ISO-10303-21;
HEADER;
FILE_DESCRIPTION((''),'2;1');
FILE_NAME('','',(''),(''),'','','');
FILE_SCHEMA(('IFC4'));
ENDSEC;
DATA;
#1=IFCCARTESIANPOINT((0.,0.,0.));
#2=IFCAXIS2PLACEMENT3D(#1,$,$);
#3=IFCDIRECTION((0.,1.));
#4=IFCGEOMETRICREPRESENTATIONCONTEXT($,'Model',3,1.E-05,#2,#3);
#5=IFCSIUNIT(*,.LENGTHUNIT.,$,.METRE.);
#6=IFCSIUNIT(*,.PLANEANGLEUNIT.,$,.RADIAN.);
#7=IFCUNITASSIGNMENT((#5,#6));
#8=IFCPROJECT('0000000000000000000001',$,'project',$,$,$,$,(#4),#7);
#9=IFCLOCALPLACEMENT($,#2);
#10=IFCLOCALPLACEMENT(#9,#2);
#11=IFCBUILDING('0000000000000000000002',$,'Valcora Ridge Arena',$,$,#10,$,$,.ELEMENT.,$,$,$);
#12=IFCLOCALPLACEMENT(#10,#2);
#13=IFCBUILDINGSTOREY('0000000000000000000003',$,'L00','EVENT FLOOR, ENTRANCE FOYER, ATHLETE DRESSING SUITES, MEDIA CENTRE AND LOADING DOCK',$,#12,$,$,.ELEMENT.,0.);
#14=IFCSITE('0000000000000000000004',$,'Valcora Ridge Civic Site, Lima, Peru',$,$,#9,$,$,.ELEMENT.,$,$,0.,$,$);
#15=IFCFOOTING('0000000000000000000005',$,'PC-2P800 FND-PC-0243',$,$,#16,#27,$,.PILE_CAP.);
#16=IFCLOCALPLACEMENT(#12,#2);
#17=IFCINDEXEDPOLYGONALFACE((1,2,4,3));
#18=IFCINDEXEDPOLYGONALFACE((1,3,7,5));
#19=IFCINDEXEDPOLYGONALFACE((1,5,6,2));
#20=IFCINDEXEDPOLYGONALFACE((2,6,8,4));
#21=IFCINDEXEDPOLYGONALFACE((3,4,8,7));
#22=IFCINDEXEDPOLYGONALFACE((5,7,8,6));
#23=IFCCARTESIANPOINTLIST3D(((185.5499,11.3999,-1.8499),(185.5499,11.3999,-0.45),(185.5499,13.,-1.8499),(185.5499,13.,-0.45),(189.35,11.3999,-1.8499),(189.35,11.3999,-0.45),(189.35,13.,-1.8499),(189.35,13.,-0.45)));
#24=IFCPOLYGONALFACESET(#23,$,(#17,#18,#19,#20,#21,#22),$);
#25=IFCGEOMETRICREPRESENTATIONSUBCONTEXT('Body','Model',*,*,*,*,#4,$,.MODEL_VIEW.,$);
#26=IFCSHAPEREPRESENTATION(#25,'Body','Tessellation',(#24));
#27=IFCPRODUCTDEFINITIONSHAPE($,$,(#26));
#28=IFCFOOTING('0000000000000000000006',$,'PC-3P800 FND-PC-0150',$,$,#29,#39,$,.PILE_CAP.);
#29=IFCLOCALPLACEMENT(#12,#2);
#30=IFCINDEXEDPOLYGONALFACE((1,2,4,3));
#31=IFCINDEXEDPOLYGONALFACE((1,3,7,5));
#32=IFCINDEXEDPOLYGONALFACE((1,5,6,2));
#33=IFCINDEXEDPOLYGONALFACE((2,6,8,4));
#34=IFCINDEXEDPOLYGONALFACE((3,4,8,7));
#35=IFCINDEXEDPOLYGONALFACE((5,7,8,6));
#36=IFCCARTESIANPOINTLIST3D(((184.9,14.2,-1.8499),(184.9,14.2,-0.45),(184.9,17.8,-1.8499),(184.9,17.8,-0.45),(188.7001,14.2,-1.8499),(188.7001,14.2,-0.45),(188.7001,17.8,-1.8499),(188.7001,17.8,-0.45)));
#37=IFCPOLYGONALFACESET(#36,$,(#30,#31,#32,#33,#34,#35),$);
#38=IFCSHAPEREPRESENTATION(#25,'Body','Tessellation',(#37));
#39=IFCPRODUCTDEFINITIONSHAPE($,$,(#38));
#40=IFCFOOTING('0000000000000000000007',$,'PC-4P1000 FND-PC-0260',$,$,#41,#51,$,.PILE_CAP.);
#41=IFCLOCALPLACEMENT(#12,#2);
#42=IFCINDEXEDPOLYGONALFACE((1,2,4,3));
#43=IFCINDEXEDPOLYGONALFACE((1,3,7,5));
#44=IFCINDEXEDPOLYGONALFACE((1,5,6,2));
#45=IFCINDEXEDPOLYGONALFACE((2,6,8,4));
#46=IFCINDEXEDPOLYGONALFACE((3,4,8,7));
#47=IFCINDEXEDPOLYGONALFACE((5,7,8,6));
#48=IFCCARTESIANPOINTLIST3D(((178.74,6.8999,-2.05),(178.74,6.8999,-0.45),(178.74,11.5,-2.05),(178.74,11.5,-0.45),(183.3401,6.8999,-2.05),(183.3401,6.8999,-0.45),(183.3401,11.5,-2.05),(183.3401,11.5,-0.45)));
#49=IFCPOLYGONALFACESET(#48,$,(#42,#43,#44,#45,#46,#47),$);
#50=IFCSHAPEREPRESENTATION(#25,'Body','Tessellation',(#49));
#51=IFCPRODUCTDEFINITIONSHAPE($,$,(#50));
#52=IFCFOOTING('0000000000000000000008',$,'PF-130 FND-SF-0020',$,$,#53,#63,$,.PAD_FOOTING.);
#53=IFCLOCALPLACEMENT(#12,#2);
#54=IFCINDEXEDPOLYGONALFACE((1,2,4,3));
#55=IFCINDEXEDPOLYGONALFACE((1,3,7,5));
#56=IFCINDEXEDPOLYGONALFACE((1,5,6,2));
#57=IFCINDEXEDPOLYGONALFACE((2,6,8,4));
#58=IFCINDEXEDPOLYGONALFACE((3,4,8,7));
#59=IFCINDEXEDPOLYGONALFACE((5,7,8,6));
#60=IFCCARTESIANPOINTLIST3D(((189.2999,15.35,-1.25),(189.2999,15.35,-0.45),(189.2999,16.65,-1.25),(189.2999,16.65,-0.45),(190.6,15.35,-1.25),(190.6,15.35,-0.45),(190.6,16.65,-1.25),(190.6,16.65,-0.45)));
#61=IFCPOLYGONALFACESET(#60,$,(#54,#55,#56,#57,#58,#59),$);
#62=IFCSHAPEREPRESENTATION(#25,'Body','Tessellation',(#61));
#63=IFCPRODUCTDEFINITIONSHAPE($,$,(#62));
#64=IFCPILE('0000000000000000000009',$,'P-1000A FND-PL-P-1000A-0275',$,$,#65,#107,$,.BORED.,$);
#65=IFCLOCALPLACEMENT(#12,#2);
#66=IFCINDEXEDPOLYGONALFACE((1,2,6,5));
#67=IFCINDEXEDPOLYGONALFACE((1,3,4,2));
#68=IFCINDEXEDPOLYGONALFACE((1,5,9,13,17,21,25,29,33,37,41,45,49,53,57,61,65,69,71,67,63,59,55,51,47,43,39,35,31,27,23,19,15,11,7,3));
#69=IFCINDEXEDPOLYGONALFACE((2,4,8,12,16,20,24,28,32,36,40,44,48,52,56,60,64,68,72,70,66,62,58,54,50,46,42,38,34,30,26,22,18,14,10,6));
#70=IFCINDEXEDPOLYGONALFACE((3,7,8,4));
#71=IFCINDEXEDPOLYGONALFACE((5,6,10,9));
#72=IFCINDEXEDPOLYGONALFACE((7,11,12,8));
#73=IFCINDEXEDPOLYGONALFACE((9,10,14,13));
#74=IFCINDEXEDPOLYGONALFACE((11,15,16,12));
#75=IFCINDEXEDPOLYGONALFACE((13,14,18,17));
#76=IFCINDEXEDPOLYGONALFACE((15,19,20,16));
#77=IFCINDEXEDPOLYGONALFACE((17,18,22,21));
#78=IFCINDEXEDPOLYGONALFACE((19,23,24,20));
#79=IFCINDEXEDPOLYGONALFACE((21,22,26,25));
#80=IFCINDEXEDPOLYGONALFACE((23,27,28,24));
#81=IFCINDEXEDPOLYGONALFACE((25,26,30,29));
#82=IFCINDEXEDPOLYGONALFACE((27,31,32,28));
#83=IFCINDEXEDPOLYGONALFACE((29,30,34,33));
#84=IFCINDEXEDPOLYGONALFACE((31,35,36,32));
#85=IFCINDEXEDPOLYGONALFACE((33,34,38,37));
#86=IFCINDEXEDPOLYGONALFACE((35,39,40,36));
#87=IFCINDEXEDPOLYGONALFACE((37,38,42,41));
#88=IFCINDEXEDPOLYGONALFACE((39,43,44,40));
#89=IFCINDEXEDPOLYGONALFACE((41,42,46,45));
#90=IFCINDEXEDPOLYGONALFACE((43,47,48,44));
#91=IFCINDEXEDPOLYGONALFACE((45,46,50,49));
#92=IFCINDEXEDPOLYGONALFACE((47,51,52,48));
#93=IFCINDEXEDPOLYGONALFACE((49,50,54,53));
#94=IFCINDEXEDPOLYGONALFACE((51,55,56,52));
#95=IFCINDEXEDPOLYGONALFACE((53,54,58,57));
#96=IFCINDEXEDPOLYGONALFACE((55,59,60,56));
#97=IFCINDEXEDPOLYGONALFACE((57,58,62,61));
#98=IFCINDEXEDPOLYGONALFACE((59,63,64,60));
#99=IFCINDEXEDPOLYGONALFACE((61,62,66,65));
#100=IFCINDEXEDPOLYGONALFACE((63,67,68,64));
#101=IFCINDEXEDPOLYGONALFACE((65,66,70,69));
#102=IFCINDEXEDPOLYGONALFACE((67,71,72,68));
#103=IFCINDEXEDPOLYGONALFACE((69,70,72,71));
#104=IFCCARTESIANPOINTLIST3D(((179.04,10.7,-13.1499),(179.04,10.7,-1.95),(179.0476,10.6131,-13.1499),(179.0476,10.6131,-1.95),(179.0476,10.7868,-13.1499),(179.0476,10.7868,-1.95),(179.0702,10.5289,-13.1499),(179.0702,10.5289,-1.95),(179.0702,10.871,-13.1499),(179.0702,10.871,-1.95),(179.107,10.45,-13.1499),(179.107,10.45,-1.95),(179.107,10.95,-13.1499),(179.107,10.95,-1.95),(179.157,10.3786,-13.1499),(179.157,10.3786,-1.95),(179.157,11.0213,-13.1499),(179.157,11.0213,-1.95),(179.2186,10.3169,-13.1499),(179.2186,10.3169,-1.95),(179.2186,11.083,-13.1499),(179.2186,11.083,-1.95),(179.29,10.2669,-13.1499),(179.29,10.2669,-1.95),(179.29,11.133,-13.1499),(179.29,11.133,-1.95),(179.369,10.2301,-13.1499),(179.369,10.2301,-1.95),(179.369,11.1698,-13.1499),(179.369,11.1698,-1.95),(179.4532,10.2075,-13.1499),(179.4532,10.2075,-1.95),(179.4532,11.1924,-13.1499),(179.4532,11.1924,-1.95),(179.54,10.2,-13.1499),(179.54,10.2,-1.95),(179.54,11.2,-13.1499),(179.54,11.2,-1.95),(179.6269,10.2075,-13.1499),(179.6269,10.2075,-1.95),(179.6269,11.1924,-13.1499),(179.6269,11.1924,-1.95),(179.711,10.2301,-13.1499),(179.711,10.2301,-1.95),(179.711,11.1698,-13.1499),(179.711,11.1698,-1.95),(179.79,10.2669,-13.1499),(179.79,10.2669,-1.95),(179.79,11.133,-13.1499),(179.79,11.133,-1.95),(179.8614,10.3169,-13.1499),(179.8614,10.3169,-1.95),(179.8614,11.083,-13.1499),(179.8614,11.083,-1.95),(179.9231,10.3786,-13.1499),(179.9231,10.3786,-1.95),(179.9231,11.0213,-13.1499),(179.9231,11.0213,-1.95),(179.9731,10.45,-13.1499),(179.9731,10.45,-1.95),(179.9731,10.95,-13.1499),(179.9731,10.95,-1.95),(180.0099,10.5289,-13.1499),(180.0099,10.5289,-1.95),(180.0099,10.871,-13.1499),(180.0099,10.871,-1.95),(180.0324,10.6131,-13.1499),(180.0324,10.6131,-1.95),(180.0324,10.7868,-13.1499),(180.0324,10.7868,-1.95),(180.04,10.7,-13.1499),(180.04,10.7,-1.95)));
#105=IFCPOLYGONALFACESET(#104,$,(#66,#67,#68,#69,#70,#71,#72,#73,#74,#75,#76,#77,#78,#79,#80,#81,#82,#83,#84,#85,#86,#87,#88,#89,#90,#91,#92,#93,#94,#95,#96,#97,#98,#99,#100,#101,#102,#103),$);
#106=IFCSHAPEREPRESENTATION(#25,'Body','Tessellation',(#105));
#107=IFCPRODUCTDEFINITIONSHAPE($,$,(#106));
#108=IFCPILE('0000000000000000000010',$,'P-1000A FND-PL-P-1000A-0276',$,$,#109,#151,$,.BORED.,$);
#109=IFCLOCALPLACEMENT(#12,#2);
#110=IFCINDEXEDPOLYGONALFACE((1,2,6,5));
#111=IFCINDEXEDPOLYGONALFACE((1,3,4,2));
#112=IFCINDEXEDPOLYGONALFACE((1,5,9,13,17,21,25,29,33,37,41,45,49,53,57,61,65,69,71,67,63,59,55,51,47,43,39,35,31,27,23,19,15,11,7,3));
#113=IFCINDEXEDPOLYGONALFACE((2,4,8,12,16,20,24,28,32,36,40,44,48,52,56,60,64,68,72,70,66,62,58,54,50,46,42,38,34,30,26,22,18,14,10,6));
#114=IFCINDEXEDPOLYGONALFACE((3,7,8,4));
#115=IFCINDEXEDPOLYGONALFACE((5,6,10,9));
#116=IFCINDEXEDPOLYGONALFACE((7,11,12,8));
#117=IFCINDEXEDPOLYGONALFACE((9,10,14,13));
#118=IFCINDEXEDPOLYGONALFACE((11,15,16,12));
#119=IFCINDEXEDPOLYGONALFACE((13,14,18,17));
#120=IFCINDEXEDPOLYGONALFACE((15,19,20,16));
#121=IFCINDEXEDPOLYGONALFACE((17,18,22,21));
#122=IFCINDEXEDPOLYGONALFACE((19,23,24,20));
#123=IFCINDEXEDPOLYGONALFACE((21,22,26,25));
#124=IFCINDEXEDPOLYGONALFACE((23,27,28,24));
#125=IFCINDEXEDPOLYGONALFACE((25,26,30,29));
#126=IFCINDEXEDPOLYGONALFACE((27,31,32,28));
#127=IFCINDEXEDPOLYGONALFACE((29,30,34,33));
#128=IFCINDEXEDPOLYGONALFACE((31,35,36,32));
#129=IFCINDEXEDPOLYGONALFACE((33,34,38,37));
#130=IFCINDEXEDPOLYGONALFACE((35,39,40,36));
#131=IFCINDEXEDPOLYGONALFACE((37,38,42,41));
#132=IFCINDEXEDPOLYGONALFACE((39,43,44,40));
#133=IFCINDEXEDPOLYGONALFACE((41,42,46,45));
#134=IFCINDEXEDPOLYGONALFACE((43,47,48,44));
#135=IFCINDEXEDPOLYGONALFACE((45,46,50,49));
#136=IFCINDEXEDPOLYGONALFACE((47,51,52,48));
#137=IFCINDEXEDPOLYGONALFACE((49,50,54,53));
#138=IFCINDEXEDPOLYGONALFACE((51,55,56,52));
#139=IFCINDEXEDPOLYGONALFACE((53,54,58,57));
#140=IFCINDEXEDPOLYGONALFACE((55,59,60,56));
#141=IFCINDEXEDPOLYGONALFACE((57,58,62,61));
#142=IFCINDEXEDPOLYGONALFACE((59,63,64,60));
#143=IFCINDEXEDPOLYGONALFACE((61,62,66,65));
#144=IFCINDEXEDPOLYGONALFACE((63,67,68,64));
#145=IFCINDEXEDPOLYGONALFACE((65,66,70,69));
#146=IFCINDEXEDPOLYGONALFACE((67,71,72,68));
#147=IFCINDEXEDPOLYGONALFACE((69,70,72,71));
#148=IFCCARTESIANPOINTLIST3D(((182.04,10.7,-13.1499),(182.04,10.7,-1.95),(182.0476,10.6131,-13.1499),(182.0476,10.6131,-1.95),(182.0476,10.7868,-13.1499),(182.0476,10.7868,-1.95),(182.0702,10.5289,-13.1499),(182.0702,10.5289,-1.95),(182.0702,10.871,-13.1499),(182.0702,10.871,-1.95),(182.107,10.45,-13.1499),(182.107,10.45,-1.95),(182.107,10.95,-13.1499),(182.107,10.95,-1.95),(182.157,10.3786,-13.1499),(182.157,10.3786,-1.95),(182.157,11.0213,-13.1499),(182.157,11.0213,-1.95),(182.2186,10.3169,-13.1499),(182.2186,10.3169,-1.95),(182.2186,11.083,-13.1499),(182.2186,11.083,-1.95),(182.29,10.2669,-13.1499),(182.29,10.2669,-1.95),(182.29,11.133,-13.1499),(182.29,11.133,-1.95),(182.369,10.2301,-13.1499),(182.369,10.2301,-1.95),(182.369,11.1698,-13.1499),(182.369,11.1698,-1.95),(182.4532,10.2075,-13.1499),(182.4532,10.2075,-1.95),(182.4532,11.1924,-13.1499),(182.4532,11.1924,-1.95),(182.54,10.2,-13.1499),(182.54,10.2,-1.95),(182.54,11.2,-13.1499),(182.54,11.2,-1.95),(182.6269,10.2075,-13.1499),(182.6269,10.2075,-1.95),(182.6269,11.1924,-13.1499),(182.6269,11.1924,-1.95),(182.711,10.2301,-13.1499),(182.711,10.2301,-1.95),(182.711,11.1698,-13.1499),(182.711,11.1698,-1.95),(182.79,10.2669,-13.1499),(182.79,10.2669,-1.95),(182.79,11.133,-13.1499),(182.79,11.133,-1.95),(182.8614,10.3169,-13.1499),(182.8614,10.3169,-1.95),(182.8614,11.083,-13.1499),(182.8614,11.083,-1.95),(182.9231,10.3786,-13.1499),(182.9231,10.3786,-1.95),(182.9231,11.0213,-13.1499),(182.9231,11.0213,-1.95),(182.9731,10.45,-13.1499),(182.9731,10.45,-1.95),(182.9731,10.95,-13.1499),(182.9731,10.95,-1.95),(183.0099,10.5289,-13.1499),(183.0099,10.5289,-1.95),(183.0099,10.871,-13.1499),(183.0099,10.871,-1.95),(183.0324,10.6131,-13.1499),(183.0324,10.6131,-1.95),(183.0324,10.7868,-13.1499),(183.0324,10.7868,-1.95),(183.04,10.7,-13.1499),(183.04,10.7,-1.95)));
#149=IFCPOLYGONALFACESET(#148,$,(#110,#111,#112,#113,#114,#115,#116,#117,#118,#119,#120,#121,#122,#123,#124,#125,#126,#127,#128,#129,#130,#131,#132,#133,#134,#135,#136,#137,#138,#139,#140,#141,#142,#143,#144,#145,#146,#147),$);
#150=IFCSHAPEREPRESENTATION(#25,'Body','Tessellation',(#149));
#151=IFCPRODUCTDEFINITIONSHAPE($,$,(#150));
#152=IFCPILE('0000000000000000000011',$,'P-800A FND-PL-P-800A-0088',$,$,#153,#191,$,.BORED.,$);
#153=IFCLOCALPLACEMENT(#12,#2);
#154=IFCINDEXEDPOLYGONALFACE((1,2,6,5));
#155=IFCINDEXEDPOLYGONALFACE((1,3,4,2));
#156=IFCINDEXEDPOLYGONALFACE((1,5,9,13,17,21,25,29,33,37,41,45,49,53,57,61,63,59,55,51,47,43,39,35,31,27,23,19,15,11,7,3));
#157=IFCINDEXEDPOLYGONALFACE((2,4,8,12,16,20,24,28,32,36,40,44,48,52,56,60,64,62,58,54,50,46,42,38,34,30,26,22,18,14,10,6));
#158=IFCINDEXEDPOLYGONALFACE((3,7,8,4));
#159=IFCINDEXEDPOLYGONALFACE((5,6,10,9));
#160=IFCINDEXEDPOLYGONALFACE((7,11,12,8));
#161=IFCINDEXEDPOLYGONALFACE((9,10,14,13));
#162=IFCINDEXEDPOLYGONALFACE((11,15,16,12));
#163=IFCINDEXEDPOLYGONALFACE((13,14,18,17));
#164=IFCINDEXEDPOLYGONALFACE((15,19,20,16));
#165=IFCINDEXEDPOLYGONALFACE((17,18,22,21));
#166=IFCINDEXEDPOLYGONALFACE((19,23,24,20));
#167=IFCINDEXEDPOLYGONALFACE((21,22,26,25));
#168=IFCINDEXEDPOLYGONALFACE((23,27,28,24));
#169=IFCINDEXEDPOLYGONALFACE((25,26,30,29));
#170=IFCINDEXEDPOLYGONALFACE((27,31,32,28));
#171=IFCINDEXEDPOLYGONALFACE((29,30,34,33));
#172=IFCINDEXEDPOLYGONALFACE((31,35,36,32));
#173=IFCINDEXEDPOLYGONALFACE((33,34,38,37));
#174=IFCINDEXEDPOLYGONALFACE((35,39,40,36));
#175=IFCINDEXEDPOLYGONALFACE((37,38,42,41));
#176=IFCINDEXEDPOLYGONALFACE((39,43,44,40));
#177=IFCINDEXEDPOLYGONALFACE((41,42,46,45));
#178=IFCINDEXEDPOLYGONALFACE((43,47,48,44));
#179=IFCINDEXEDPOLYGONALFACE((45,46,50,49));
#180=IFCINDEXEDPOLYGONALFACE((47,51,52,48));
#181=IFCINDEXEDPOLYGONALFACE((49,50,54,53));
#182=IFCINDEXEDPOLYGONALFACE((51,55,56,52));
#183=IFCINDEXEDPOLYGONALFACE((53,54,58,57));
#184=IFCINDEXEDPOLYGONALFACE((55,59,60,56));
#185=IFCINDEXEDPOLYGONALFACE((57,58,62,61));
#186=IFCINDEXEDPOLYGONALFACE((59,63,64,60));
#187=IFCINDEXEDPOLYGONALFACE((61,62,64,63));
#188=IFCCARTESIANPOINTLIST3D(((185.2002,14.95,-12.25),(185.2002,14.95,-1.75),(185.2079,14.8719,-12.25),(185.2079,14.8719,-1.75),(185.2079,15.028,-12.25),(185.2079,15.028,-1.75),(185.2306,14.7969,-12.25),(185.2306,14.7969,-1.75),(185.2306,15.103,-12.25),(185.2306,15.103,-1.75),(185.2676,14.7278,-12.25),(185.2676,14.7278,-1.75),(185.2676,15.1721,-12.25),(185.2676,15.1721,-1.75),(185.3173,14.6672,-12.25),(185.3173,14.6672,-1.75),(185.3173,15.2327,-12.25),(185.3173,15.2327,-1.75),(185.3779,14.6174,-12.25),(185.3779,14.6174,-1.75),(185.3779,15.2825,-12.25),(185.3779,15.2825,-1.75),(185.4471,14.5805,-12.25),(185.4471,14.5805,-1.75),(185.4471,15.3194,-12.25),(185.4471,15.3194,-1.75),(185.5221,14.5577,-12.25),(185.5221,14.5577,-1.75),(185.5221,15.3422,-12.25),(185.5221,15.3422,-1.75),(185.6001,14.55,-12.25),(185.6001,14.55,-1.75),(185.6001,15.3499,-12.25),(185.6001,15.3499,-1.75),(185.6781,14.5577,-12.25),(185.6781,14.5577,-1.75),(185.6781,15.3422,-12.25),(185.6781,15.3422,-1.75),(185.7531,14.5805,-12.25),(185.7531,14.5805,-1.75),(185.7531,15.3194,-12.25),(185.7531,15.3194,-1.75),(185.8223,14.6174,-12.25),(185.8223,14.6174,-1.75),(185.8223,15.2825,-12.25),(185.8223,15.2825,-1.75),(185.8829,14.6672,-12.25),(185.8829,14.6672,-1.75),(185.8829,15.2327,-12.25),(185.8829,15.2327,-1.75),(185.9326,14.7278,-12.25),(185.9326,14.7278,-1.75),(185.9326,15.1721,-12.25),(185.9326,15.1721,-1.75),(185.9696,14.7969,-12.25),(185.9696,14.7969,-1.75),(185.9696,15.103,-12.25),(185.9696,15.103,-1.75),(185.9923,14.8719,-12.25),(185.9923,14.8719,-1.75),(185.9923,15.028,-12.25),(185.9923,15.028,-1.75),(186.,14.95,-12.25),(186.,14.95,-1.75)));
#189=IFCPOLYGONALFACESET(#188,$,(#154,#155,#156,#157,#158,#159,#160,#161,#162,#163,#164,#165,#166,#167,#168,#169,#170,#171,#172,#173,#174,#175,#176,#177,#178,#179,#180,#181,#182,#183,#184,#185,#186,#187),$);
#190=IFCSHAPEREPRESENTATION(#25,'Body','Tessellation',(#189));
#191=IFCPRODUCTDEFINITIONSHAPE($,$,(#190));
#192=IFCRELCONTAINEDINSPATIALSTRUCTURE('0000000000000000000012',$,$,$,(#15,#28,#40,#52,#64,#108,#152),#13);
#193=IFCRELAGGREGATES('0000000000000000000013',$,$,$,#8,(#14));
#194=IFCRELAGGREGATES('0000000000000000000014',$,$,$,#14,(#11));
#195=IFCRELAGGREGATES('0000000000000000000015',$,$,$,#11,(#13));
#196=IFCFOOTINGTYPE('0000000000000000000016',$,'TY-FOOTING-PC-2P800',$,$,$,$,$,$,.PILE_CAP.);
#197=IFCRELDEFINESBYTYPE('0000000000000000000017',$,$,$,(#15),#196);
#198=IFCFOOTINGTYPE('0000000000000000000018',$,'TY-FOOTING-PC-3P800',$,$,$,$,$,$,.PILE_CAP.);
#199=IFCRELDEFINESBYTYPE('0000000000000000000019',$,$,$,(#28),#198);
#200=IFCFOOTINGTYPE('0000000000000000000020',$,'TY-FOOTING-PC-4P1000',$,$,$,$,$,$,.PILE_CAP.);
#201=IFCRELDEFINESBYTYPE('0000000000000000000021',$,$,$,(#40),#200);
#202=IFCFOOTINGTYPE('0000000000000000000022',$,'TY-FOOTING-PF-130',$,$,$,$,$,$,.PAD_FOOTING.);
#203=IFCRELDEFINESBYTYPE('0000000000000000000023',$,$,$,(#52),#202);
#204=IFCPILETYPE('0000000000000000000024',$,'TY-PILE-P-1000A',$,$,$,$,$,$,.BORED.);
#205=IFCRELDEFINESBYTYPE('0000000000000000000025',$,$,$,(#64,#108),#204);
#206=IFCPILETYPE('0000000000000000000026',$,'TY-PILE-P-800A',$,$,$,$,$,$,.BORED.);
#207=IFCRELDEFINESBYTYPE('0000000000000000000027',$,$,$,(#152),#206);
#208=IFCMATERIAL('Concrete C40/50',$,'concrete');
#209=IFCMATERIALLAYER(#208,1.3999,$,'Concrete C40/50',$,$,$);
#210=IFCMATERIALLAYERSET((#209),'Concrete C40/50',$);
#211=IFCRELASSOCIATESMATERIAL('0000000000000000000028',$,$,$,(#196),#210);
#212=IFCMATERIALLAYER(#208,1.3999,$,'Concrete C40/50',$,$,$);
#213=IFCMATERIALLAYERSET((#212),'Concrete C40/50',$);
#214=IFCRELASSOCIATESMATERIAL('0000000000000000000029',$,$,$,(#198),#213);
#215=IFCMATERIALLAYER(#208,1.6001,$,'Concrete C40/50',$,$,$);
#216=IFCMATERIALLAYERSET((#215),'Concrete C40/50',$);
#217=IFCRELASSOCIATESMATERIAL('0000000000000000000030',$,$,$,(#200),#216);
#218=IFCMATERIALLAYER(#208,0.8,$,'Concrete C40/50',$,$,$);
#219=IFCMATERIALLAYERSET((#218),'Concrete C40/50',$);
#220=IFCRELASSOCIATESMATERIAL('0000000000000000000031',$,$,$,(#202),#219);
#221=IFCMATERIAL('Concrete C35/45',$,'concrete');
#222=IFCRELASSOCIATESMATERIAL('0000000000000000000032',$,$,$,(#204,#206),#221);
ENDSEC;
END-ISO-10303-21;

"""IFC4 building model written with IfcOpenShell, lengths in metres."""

from ifc_helpers import new_model, si_unit, direction, frame, origin, origin_2d, place, context, subcontext, project, spatial, rectangle, circle, extrude, material, layer, layer_set, material_profile, profile_set, type_object, element, save


model = new_model("IFC4")

# Units and contexts
model_context = context("Model", 3, precision=1e-05, world=origin(), true_north=direction((0.0, 1.0)))
body_context = subcontext(model_context, "Body", "Model", "MODEL_VIEW")
ifc_project = project(units=[si_unit("LENGTHUNIT", "METRE"), si_unit("PLANEANGLEUNIT", "RADIAN")], contexts=[model_context])

# Site, building, storey
site_placement = place(None, origin())
site = spatial("IfcSite", under=ifc_project, at=site_placement, Name="Valcora Ridge Civic Site, Lima, Peru", CompositionType="ELEMENT", RefElevation=0.0)
building_placement = place(site_placement, origin())
building = spatial("IfcBuilding", under=site, at=building_placement, Name="Valcora Ridge Arena", CompositionType="ELEMENT")
storey_placement = place(building_placement, origin())
storey = spatial("IfcBuildingStorey", under=building, at=storey_placement, Name="L00", Description="EVENT FLOOR, ENTRANCE FOYER, ATHLETE DRESSING SUITES, MEDIA CENTRE AND LOADING DOCK", CompositionType="ELEMENT", Elevation=0.0)

# Footings
ifc_material_1 = material(Name="Concrete C40/50", Category="concrete")
ifc_layer_1 = layer(ifc_material_1, 1.3999, Name="Concrete C40/50")
ifc_layer_set_1 = layer_set([ifc_layer_1], Name="Concrete C40/50")
footing_type_1 = type_object("IfcFootingType", Name="TY-FOOTING-PC-2P800", PredefinedType="PILE_CAP", material=ifc_layer_set_1)
footing_1_placement = place(storey_placement, frame((187.45, 12.2, -1.8499), z_axis=(0.0, 0.0, 1.0), x_axis=(1.0, 0.0, 0.0)))
element("IfcFooting", 1, at=footing_1_placement, inside=storey, type_object=footing_type_1, Name="PC-2P800 FND-PC-0243", PredefinedType="PILE_CAP", context=body_context, shape_type="SweptSolid", body=[
    extrude(rectangle(XDim=3.8, YDim=1.6001, at=origin_2d()), origin(), (0.0, 0.0, 1.0), 1.3999),
])
ifc_layer_2 = layer(ifc_material_1, 1.3999, Name="Concrete C40/50")
ifc_layer_set_2 = layer_set([ifc_layer_2], Name="Concrete C40/50")
footing_type_2 = type_object("IfcFootingType", Name="TY-FOOTING-PC-3P800", PredefinedType="PILE_CAP", material=ifc_layer_set_2)
footing_2_placement = place(storey_placement, frame((186.8, 16.0, -1.8499), z_axis=(0.0, 0.0, 1.0), x_axis=(1.0, 0.0, 0.0)))
element("IfcFooting", 2, at=footing_2_placement, inside=storey, type_object=footing_type_2, Name="PC-3P800 FND-PC-0150", PredefinedType="PILE_CAP", context=body_context, shape_type="SweptSolid", body=[
    extrude(rectangle(XDim=3.8, YDim=3.6001, at=origin_2d()), origin(), (0.0, 0.0, 1.0), 1.3999),
])
ifc_layer_3 = layer(ifc_material_1, 1.6001, Name="Concrete C40/50")
ifc_layer_set_3 = layer_set([ifc_layer_3], Name="Concrete C40/50")
footing_type_3 = type_object("IfcFootingType", Name="TY-FOOTING-PC-4P1000", PredefinedType="PILE_CAP", material=ifc_layer_set_3)
footing_3_placement = place(storey_placement, frame((181.04, 9.2, -2.05), z_axis=(0.0, 0.0, 1.0), x_axis=(1.0, 0.0, 0.0)))
element("IfcFooting", 3, at=footing_3_placement, inside=storey, type_object=footing_type_3, Name="PC-4P1000 FND-PC-0260", PredefinedType="PILE_CAP", context=body_context, shape_type="SweptSolid", body=[
    extrude(rectangle(XDim=4.6001, YDim=4.6001, at=origin_2d()), origin(), (0.0, 0.0, 1.0), 1.6001),
])
ifc_layer_4 = layer(ifc_material_1, 0.8, Name="Concrete C40/50")
ifc_layer_set_4 = layer_set([ifc_layer_4], Name="Concrete C40/50")
footing_type_4 = type_object("IfcFootingType", Name="TY-FOOTING-PF-130", PredefinedType="PAD_FOOTING", material=ifc_layer_set_4)
footing_4_placement = place(storey_placement, frame((189.95, 16.0, -1.25), z_axis=(0.0, 0.0, 1.0), x_axis=(1.0, 0.0, 0.0)))
element("IfcFooting", 4, at=footing_4_placement, inside=storey, type_object=footing_type_4, Name="PF-130 FND-SF-0020", PredefinedType="PAD_FOOTING", context=body_context, shape_type="SweptSolid", body=[
    extrude(rectangle(XDim=1.3, YDim=1.3, at=origin_2d()), origin(), (0.0, 0.0, 1.0), 0.8),
])

# Piles
ifc_material_2 = material(Name="Concrete C35/45", Category="concrete")
ifc_material_profile_1 = material_profile(ifc_material_2, circle(Radius=0.5, at=origin_2d()), Name="BORED PILE D1000")
ifc_profile_set_1 = profile_set([ifc_material_profile_1], Name="Concrete C35/45")
pile_type_1 = type_object("IfcPileType", Name="TY-PILE-P-1000A", PredefinedType="BORED", material=ifc_profile_set_1)
for number, where, z_axis, x_axis, name in (
    (5, (179.54, 10.7, -1.95), (0.0, 0.0, -1.0), (1.0, 0.0, 0.0), "P-1000A FND-PL-P-1000A-0275"),
    (6, (182.54, 10.7, -1.95), (0.0, 0.0, -1.0), (1.0, 0.0, 0.0), "P-1000A FND-PL-P-1000A-0276"),
):
    element("IfcPile", number, at=place(storey_placement, frame(where, z_axis=z_axis, x_axis=x_axis)), inside=storey, type_object=pile_type_1, Name=name, PredefinedType="BORED", context=body_context, shape_type="SweptSolid", body=[
        extrude(circle(Radius=0.5, at=origin_2d()), origin(), (0.0, 0.0, 1.0), 11.2),
    ])
ifc_material_profile_2 = material_profile(ifc_material_2, circle(Radius=0.3999, at=origin_2d()), Name="BORED PILE D800")
ifc_profile_set_2 = profile_set([ifc_material_profile_2], Name="Concrete C35/45")
pile_type_2 = type_object("IfcPileType", Name="TY-PILE-P-800A", PredefinedType="BORED", material=ifc_profile_set_2)
for number, where, z_axis, x_axis, name in (
    (7, (185.6001, 14.95, -1.75), (0.0, 0.0, -1.0), (1.0, 0.0, 0.0), "P-800A FND-PL-P-800A-0088"),
):
    element("IfcPile", number, at=place(storey_placement, frame(where, z_axis=z_axis, x_axis=x_axis)), inside=storey, type_object=pile_type_2, Name=name, PredefinedType="BORED", context=body_context, shape_type="SweptSolid", body=[
        extrude(circle(Radius=0.3999, at=origin_2d()), origin(), (0.0, 0.0, 1.0), 10.5),
    ])

save(model, "model.ifc")
